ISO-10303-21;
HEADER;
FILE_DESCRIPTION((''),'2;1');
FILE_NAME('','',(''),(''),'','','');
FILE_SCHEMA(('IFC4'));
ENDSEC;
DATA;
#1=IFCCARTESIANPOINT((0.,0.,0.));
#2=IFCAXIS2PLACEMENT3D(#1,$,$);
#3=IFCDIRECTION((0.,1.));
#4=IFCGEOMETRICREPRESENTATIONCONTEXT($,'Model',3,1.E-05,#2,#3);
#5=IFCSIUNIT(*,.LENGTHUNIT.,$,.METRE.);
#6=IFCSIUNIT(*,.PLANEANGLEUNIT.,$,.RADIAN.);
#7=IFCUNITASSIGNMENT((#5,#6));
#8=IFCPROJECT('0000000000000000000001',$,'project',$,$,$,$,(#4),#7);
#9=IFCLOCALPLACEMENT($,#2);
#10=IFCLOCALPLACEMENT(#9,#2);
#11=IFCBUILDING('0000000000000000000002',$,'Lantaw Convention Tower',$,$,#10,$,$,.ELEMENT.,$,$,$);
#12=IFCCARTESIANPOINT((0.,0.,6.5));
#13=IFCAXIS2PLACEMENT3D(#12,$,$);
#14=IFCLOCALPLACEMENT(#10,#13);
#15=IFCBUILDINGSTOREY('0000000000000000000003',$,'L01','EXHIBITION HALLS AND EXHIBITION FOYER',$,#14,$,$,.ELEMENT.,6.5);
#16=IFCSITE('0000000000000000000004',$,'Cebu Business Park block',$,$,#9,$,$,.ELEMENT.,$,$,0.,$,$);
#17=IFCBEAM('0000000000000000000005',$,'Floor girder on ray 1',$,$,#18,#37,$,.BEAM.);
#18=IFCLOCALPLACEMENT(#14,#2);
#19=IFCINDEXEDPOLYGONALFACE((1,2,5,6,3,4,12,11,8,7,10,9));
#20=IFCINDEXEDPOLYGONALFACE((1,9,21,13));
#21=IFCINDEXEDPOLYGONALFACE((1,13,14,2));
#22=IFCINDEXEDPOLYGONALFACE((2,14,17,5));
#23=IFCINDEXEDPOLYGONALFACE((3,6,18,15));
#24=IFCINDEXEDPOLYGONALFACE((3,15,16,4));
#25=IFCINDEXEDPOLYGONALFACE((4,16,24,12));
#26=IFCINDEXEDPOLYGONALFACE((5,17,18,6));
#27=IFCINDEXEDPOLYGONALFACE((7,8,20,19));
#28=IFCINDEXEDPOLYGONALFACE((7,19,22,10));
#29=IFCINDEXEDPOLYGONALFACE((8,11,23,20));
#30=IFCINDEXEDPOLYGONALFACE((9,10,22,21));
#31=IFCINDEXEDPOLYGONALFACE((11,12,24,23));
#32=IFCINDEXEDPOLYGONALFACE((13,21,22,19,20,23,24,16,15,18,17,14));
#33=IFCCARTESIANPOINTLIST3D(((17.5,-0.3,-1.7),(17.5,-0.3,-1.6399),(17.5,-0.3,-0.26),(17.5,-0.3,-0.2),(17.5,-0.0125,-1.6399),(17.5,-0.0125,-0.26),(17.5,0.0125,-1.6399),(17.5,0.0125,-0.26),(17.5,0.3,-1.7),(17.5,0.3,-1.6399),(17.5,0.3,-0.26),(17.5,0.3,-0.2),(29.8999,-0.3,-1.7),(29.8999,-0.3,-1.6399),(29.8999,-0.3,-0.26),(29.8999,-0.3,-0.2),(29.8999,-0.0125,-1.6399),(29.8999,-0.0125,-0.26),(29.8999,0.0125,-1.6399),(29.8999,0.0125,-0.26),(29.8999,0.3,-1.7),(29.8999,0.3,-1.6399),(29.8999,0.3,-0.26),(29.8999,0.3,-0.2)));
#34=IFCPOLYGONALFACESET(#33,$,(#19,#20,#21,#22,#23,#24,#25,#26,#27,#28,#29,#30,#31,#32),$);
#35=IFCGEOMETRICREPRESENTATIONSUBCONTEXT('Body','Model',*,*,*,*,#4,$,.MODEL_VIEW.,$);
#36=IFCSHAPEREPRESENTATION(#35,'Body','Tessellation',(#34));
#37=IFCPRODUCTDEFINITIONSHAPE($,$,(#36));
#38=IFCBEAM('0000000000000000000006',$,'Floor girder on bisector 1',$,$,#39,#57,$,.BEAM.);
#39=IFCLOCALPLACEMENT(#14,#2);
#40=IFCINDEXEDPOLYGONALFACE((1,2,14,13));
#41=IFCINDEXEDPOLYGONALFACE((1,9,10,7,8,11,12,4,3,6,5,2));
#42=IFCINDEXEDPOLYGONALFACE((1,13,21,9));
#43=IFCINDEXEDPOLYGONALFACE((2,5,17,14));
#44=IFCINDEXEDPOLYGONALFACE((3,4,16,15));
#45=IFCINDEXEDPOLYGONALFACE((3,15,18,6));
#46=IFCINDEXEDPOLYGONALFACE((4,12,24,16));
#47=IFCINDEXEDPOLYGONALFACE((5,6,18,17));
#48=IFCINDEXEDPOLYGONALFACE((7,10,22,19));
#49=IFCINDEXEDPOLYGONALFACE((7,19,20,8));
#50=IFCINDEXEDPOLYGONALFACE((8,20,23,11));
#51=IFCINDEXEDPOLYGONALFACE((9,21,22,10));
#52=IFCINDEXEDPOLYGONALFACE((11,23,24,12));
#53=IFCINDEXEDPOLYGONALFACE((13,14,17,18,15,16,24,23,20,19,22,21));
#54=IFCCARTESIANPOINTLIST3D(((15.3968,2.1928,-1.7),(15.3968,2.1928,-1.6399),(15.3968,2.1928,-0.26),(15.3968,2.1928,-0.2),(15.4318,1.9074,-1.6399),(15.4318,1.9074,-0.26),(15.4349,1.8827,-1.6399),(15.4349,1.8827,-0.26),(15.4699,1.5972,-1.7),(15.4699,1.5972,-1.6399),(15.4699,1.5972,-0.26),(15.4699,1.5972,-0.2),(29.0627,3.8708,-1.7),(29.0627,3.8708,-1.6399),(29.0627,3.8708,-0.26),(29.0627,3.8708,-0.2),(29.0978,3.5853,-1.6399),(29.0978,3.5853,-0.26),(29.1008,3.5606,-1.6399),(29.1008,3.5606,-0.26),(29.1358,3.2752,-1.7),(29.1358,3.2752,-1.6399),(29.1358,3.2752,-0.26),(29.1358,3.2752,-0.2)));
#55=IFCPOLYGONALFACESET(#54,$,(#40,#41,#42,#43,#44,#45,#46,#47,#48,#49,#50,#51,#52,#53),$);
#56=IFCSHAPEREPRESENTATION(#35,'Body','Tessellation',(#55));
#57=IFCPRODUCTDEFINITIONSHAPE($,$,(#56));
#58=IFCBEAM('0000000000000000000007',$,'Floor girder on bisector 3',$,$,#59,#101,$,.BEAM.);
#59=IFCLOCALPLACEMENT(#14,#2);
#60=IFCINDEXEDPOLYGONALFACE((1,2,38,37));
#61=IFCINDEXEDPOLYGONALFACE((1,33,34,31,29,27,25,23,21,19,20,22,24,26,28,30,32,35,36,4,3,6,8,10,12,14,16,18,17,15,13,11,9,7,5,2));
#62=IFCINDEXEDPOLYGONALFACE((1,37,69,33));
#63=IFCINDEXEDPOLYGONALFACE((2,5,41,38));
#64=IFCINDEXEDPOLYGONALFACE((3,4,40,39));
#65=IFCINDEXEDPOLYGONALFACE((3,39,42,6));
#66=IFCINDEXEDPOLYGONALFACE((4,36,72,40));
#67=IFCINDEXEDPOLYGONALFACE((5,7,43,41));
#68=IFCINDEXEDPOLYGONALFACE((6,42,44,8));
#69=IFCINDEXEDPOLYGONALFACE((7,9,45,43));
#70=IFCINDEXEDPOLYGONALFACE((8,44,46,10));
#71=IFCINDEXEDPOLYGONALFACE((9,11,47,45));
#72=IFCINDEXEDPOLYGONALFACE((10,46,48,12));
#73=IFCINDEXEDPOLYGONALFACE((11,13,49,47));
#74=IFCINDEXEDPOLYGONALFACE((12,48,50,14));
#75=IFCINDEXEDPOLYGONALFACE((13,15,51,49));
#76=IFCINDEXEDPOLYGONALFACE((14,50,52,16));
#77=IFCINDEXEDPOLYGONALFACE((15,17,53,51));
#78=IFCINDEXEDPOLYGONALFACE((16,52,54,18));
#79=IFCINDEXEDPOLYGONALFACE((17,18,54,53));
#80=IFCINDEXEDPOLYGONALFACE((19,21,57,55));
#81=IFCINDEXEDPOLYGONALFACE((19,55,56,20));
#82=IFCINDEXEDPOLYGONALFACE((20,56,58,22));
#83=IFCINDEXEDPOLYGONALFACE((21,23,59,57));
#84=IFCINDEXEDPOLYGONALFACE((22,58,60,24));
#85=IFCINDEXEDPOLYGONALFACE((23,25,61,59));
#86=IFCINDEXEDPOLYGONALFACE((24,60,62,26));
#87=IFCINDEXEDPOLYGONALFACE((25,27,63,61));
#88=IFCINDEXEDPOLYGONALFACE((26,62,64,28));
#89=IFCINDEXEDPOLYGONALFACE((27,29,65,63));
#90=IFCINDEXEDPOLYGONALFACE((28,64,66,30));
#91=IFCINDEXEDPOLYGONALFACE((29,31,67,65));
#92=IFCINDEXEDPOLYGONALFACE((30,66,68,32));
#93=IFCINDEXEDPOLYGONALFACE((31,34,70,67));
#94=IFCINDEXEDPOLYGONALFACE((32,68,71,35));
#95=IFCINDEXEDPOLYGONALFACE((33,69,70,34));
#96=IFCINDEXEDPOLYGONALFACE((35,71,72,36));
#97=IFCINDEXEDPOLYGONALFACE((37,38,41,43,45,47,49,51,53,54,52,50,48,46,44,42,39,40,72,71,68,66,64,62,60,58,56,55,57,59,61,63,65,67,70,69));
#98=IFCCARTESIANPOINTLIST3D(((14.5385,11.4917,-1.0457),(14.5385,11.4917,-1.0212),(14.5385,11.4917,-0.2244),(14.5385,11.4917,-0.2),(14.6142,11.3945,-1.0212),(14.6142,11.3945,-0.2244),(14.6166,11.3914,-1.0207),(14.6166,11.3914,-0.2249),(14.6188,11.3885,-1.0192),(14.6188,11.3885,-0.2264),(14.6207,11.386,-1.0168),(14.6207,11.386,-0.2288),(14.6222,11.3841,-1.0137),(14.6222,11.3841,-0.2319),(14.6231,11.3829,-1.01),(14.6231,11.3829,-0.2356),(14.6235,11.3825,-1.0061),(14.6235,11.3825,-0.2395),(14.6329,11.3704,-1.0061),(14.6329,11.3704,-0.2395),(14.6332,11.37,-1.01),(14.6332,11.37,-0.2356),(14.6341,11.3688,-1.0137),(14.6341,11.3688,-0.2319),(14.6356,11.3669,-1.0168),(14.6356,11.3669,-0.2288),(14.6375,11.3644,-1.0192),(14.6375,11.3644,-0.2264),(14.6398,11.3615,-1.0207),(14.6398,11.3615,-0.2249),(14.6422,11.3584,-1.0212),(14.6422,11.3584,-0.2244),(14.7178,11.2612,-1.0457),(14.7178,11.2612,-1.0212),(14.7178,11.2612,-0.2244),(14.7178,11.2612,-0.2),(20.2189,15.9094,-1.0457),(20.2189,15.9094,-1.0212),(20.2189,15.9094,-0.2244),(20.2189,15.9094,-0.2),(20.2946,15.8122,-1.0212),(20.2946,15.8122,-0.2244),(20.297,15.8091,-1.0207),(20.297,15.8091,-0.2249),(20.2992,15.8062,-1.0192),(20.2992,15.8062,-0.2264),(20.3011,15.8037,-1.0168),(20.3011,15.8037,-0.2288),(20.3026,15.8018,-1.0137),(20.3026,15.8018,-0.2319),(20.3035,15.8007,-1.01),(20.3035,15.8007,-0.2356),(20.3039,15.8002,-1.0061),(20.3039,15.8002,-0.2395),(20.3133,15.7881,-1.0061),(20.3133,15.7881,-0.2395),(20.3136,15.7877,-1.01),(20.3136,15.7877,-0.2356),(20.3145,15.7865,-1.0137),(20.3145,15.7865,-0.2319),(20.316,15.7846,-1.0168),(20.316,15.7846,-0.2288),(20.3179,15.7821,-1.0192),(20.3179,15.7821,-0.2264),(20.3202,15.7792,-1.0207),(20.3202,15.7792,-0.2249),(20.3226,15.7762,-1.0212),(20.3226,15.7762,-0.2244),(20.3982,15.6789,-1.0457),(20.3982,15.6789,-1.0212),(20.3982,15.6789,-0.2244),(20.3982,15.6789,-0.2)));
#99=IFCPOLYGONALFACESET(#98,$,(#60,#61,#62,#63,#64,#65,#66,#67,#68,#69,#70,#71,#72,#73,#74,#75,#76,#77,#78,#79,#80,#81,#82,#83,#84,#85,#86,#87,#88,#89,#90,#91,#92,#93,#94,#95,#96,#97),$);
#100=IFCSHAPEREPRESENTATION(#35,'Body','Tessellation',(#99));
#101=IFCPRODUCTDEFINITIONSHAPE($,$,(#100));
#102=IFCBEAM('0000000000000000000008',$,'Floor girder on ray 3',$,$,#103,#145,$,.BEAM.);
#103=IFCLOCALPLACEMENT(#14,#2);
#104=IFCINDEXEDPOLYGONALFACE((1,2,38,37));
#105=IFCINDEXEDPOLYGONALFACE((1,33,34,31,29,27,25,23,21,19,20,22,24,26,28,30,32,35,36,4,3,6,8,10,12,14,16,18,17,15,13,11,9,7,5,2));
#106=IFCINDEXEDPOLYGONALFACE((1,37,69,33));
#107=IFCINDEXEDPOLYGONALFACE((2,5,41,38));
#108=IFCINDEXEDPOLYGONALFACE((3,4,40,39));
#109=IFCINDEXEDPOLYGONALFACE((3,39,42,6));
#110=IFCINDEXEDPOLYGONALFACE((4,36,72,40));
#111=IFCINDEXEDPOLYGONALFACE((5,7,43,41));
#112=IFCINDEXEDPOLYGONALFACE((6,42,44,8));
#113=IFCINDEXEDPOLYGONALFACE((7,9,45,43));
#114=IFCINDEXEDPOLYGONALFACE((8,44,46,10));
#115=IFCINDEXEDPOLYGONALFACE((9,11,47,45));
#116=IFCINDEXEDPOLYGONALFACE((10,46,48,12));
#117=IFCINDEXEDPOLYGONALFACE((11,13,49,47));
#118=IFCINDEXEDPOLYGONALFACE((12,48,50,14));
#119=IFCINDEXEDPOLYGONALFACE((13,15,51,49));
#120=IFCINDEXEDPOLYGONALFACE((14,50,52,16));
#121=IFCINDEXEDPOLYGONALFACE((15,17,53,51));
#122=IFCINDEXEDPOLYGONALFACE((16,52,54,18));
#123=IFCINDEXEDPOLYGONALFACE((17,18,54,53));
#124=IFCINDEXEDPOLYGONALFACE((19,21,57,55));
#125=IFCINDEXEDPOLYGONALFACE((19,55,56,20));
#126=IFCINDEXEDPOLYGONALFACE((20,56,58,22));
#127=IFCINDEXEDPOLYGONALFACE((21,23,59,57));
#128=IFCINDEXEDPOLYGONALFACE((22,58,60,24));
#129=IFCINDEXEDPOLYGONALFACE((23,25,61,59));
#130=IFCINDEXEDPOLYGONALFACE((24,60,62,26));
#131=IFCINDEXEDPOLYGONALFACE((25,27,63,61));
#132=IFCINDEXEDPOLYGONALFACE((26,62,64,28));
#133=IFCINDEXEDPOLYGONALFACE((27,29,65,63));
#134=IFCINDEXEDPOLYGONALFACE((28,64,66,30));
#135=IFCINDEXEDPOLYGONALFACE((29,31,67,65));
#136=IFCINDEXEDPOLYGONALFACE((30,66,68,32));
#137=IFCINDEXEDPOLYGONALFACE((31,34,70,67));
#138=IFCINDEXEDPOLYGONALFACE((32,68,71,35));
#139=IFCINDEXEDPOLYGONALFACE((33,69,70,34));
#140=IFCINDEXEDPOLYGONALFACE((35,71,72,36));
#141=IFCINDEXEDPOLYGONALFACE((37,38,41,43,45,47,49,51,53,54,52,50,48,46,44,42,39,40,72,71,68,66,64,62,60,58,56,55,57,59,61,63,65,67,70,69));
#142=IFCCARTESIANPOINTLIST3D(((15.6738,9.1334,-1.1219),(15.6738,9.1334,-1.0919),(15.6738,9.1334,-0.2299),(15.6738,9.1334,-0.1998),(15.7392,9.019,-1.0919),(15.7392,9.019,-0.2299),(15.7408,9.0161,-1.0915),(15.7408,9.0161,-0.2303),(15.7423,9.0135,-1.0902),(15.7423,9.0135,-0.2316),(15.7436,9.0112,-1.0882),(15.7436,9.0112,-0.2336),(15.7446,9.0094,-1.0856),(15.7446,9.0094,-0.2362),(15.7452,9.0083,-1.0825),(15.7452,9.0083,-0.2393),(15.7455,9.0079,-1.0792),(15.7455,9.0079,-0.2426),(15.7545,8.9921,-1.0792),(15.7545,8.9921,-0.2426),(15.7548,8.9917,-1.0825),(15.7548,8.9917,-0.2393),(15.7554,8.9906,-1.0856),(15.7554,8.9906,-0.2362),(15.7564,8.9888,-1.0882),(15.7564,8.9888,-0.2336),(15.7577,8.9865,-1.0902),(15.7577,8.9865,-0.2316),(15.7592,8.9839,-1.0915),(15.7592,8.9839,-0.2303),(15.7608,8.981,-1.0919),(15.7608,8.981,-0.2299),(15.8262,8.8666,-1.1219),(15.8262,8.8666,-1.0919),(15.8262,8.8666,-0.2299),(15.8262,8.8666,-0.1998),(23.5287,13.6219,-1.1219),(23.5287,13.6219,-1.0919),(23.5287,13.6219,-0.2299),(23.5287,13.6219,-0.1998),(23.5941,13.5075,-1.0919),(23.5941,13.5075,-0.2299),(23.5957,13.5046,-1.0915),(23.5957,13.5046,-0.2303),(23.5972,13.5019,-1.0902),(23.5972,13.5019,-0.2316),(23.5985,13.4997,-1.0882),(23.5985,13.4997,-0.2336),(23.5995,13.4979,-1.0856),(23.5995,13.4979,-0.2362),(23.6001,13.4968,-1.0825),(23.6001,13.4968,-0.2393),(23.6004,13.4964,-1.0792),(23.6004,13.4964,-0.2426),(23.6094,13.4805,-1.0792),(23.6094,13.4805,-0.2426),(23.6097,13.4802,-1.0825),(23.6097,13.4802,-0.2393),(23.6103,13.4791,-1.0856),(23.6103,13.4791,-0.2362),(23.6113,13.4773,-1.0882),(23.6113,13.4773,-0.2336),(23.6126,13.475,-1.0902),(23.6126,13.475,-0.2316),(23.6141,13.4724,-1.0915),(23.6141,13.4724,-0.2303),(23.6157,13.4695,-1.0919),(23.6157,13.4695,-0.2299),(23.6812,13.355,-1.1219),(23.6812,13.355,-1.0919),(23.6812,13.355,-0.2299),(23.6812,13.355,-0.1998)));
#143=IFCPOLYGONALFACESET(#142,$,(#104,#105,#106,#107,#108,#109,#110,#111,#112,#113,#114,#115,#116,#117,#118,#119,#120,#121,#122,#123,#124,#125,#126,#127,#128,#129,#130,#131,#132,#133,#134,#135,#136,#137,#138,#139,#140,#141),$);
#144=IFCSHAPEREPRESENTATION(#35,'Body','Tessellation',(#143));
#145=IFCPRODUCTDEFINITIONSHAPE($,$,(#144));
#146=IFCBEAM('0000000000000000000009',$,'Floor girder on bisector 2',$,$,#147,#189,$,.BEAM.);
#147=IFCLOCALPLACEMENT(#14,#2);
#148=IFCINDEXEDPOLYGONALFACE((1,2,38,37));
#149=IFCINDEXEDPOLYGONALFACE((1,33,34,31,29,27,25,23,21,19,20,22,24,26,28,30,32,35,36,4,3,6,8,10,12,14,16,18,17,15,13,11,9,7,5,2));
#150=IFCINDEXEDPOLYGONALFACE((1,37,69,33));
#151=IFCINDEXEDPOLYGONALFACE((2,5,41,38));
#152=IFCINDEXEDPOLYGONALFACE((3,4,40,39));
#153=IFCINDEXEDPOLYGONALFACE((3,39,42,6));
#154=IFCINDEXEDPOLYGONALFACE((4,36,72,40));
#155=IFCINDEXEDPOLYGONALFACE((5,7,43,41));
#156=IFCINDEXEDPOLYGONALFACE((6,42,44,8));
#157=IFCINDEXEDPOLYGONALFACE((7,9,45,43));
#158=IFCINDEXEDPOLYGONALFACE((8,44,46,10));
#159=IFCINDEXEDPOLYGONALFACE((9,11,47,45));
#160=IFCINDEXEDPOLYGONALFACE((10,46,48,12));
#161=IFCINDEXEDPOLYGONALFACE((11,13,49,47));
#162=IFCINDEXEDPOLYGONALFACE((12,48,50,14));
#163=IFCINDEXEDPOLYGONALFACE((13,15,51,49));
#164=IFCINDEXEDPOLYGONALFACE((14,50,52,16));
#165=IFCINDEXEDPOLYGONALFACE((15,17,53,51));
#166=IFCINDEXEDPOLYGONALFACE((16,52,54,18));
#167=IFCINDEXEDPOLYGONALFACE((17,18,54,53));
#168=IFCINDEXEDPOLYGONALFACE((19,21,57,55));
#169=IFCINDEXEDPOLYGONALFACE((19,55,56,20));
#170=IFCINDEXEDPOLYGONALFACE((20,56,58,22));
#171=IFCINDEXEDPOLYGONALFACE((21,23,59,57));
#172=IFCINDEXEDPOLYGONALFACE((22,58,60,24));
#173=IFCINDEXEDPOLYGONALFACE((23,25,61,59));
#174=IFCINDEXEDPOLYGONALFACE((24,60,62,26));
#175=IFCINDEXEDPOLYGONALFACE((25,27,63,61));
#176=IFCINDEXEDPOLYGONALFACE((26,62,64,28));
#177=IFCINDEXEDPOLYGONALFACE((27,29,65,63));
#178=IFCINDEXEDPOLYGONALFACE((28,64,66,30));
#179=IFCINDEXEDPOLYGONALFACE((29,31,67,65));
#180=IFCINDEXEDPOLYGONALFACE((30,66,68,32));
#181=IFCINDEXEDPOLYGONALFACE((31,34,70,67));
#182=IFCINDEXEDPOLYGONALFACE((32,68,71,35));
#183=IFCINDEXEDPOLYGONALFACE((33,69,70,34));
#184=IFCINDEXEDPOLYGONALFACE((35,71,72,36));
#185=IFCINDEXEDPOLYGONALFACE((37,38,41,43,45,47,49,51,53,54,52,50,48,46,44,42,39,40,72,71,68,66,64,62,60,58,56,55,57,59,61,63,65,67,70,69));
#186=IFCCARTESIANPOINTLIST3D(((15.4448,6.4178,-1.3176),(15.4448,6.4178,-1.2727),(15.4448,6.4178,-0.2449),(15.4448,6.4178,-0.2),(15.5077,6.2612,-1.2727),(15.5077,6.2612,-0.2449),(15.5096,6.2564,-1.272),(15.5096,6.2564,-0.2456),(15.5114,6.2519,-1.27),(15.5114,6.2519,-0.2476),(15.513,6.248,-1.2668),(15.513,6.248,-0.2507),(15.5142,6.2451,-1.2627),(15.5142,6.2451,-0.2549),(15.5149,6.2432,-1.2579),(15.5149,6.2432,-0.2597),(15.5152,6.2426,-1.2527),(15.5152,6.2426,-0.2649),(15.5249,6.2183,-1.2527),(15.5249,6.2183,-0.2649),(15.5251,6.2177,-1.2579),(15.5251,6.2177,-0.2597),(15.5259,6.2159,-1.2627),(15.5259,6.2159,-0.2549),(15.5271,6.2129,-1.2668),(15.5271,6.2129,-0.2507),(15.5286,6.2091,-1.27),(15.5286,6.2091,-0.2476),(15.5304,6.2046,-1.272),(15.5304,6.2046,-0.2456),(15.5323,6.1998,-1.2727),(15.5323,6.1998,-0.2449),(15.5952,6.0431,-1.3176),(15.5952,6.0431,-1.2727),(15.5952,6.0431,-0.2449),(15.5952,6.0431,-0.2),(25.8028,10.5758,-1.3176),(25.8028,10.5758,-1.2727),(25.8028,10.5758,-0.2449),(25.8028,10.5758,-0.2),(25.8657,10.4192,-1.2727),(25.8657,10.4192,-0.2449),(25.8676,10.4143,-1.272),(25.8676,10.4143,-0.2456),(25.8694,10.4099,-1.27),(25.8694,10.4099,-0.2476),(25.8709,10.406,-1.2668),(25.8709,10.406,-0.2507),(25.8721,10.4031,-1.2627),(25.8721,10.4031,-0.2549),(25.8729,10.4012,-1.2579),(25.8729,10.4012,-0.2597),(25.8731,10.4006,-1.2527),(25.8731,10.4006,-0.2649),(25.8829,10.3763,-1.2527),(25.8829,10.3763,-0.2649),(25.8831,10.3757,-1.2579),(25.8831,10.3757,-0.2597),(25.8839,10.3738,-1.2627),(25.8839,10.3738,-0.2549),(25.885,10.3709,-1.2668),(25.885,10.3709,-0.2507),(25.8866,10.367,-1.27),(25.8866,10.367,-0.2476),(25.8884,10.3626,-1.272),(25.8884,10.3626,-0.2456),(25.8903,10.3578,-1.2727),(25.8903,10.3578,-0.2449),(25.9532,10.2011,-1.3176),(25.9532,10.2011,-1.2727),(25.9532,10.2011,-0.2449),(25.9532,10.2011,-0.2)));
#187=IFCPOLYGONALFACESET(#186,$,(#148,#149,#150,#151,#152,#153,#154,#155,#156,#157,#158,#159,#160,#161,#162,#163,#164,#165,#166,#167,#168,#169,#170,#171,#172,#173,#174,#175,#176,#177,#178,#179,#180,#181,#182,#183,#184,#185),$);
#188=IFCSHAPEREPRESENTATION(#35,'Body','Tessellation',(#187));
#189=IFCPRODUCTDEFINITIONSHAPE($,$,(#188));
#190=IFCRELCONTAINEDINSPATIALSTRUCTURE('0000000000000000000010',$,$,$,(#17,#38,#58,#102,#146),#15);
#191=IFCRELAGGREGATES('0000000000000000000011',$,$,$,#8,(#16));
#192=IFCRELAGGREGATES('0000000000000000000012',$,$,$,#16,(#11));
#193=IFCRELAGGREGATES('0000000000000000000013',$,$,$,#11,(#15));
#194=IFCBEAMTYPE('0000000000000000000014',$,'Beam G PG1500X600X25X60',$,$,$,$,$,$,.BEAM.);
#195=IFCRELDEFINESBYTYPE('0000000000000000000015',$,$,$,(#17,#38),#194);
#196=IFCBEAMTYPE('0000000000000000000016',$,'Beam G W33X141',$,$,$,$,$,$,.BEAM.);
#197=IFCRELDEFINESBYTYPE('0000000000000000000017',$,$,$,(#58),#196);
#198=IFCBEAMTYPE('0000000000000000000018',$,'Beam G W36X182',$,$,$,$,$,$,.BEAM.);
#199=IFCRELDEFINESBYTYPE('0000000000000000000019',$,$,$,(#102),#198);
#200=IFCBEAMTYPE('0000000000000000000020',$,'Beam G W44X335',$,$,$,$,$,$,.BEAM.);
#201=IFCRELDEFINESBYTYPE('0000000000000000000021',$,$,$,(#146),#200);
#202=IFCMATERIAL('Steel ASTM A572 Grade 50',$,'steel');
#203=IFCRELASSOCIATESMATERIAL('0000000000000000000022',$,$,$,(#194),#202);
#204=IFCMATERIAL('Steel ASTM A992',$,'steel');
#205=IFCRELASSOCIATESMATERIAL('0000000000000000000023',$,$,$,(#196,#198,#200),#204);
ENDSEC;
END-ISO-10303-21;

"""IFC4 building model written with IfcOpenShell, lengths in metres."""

from ifc_helpers import new_model, si_unit, direction, frame, origin, origin_2d, place, context, subcontext, project, spatial, i_section, extrude, material, material_profile, profile_set, type_object, element, save


model = new_model("IFC4")

# Units and contexts
model_context = context("Model", 3, precision=1e-05, world=origin(), true_north=direction((0.0, 1.0)))
body_context = subcontext(model_context, "Body", "Model", "MODEL_VIEW")
ifc_project = project(units=[si_unit("LENGTHUNIT", "METRE"), si_unit("PLANEANGLEUNIT", "RADIAN")], contexts=[model_context])

# Site, building, storey
site_placement = place(None, origin())
site = spatial("IfcSite", under=ifc_project, at=site_placement, Name="Cebu Business Park block", CompositionType="ELEMENT", RefElevation=0.0)
building_placement = place(site_placement, origin())
building = spatial("IfcBuilding", under=site, at=building_placement, Name="Lantaw Convention Tower", CompositionType="ELEMENT")
storey_placement = place(building_placement, frame((0.0, 0.0, 6.5)))
storey = spatial("IfcBuildingStorey", under=building, at=storey_placement, Name="L01", Description="EXHIBITION HALLS AND EXHIBITION FOYER", CompositionType="ELEMENT", Elevation=6.5)

# Shared definitions
ifc_material_1 = material(Name="Steel ASTM A572 Grade 50", Category="steel")

# Beams
ifc_material_2 = material(Name="Steel ASTM A992", Category="steel")
ifc_material_profile_1 = material_profile(ifc_material_1, i_section(OverallWidth=0.6001, OverallDepth=1.5, WebThickness=0.0249, FlangeThickness=0.0601, at=origin_2d()), Name="PG1500X600X25X60")
ifc_profile_set_1 = profile_set([ifc_material_profile_1], Name="Steel ASTM A572 Grade 50")
beam_type_1 = type_object("IfcBeamType", Name="Beam G PG1500X600X25X60", PredefinedType="BEAM", material=ifc_profile_set_1)
beam_1_placement = place(storey_placement, frame((17.5, 0.0, -0.95), z_axis=(1.0, 0.0, 0.0), x_axis=(0.0, 1.0, 0.0)))
element("IfcBeam", 1, at=beam_1_placement, inside=storey, type_object=beam_type_1, Name="Floor girder on ray 1", PredefinedType="BEAM", context=body_context, shape_type="SweptSolid", body=[
    extrude(i_section(OverallWidth=0.6001, OverallDepth=1.5, WebThickness=0.0249, FlangeThickness=0.0601, at=origin_2d()), origin(), (0.0, 0.0, 1.0), 12.3999),
])
beam_2_placement = place(storey_placement, frame((15.4333, 1.895, -0.95), z_axis=(0.992546, 0.12187, 0.0), x_axis=(-0.12187, 0.992546, 0.0)))
element("IfcBeam", 2, at=beam_2_placement, inside=storey, type_object=beam_type_1, Name="Floor girder on bisector 1", PredefinedType="BEAM", context=body_context, shape_type="SweptSolid", body=[
    extrude(i_section(OverallWidth=0.6001, OverallDepth=1.5, WebThickness=0.0249, FlangeThickness=0.0601, at=origin_2d()), origin(), (0.0, 0.0, 1.0), 13.7686),
])
ifc_material_profile_2 = material_profile(ifc_material_2, i_section(OverallWidth=0.292, OverallDepth=0.8457, WebThickness=0.0154, FlangeThickness=0.0244, FilletRadius=0.0151, at=origin_2d()), Name="W33X141")
ifc_profile_set_2 = profile_set([ifc_material_profile_2], Name="Steel ASTM A992")
beam_type_2 = type_object("IfcBeamType", Name="Beam G W33X141", PredefinedType="BEAM", material=ifc_profile_set_2)
beam_3_placement = place(storey_placement, frame((14.6282, 11.3765, -0.6228), z_axis=(0.789378, 0.613908, 0.0), x_axis=(-0.613908, 0.789378, 0.0)))
element("IfcBeam", 3, at=beam_3_placement, inside=storey, type_object=beam_type_2, Name="Floor girder on bisector 3", PredefinedType="BEAM", context=body_context, shape_type="SweptSolid", body=[
    extrude(i_section(OverallWidth=0.292, OverallDepth=0.8457, WebThickness=0.0154, FlangeThickness=0.0244, FilletRadius=0.0151, at=origin_2d()), origin(), (0.0, 0.0, 1.0), 7.196),
])
ifc_material_profile_3 = material_profile(ifc_material_2, i_section(OverallWidth=0.3074, OverallDepth=0.9221, WebThickness=0.0183, FlangeThickness=0.03, FilletRadius=0.0127, at=origin_2d()), Name="W36X182")
ifc_profile_set_3 = profile_set([ifc_material_profile_3], Name="Steel ASTM A992")
beam_type_3 = type_object("IfcBeamType", Name="Beam G W36X182", PredefinedType="BEAM", material=ifc_profile_set_3)
beam_4_placement = place(storey_placement, frame((15.75, 9.0, -0.6609), z_axis=(0.868245, 0.496136, 0.0), x_axis=(-0.496136, 0.868245, 0.0)))
element("IfcBeam", 4, at=beam_4_placement, inside=storey, type_object=beam_type_3, Name="Floor girder on ray 3", PredefinedType="BEAM", context=body_context, shape_type="SweptSolid", body=[
    extrude(i_section(OverallWidth=0.3074, OverallDepth=0.9221, WebThickness=0.0183, FlangeThickness=0.03, FilletRadius=0.0127, at=origin_2d()), origin(), (0.0, 0.0, 1.0), 9.0469),
])
ifc_material_profile_4 = material_profile(ifc_material_2, i_section(OverallWidth=0.4038, OverallDepth=1.1177, WebThickness=0.0261, FlangeThickness=0.0449, FilletRadius=0.02, at=origin_2d()), Name="W44X335")
ifc_profile_set_4 = profile_set([ifc_material_profile_4], Name="Steel ASTM A992")
beam_type_4 = type_object("IfcBeamType", Name="Beam G W44X335", PredefinedType="BEAM", material=ifc_profile_set_4)
beam_5_placement = place(storey_placement, frame((15.52, 6.2305, -0.7588), z_axis=(0.928019, 0.372533, 0.0), x_axis=(-0.372533, 0.928019, 0.0)))
element("IfcBeam", 5, at=beam_5_placement, inside=storey, type_object=beam_type_4, Name="Floor girder on bisector 2", PredefinedType="BEAM", context=body_context, shape_type="SweptSolid", body=[
    extrude(i_section(OverallWidth=0.4038, OverallDepth=1.1177, WebThickness=0.0261, FlangeThickness=0.0449, FilletRadius=0.02, at=origin_2d()), origin(), (0.0, 0.0, 1.0), 11.1614),
])

save(model, "model.ifc")
